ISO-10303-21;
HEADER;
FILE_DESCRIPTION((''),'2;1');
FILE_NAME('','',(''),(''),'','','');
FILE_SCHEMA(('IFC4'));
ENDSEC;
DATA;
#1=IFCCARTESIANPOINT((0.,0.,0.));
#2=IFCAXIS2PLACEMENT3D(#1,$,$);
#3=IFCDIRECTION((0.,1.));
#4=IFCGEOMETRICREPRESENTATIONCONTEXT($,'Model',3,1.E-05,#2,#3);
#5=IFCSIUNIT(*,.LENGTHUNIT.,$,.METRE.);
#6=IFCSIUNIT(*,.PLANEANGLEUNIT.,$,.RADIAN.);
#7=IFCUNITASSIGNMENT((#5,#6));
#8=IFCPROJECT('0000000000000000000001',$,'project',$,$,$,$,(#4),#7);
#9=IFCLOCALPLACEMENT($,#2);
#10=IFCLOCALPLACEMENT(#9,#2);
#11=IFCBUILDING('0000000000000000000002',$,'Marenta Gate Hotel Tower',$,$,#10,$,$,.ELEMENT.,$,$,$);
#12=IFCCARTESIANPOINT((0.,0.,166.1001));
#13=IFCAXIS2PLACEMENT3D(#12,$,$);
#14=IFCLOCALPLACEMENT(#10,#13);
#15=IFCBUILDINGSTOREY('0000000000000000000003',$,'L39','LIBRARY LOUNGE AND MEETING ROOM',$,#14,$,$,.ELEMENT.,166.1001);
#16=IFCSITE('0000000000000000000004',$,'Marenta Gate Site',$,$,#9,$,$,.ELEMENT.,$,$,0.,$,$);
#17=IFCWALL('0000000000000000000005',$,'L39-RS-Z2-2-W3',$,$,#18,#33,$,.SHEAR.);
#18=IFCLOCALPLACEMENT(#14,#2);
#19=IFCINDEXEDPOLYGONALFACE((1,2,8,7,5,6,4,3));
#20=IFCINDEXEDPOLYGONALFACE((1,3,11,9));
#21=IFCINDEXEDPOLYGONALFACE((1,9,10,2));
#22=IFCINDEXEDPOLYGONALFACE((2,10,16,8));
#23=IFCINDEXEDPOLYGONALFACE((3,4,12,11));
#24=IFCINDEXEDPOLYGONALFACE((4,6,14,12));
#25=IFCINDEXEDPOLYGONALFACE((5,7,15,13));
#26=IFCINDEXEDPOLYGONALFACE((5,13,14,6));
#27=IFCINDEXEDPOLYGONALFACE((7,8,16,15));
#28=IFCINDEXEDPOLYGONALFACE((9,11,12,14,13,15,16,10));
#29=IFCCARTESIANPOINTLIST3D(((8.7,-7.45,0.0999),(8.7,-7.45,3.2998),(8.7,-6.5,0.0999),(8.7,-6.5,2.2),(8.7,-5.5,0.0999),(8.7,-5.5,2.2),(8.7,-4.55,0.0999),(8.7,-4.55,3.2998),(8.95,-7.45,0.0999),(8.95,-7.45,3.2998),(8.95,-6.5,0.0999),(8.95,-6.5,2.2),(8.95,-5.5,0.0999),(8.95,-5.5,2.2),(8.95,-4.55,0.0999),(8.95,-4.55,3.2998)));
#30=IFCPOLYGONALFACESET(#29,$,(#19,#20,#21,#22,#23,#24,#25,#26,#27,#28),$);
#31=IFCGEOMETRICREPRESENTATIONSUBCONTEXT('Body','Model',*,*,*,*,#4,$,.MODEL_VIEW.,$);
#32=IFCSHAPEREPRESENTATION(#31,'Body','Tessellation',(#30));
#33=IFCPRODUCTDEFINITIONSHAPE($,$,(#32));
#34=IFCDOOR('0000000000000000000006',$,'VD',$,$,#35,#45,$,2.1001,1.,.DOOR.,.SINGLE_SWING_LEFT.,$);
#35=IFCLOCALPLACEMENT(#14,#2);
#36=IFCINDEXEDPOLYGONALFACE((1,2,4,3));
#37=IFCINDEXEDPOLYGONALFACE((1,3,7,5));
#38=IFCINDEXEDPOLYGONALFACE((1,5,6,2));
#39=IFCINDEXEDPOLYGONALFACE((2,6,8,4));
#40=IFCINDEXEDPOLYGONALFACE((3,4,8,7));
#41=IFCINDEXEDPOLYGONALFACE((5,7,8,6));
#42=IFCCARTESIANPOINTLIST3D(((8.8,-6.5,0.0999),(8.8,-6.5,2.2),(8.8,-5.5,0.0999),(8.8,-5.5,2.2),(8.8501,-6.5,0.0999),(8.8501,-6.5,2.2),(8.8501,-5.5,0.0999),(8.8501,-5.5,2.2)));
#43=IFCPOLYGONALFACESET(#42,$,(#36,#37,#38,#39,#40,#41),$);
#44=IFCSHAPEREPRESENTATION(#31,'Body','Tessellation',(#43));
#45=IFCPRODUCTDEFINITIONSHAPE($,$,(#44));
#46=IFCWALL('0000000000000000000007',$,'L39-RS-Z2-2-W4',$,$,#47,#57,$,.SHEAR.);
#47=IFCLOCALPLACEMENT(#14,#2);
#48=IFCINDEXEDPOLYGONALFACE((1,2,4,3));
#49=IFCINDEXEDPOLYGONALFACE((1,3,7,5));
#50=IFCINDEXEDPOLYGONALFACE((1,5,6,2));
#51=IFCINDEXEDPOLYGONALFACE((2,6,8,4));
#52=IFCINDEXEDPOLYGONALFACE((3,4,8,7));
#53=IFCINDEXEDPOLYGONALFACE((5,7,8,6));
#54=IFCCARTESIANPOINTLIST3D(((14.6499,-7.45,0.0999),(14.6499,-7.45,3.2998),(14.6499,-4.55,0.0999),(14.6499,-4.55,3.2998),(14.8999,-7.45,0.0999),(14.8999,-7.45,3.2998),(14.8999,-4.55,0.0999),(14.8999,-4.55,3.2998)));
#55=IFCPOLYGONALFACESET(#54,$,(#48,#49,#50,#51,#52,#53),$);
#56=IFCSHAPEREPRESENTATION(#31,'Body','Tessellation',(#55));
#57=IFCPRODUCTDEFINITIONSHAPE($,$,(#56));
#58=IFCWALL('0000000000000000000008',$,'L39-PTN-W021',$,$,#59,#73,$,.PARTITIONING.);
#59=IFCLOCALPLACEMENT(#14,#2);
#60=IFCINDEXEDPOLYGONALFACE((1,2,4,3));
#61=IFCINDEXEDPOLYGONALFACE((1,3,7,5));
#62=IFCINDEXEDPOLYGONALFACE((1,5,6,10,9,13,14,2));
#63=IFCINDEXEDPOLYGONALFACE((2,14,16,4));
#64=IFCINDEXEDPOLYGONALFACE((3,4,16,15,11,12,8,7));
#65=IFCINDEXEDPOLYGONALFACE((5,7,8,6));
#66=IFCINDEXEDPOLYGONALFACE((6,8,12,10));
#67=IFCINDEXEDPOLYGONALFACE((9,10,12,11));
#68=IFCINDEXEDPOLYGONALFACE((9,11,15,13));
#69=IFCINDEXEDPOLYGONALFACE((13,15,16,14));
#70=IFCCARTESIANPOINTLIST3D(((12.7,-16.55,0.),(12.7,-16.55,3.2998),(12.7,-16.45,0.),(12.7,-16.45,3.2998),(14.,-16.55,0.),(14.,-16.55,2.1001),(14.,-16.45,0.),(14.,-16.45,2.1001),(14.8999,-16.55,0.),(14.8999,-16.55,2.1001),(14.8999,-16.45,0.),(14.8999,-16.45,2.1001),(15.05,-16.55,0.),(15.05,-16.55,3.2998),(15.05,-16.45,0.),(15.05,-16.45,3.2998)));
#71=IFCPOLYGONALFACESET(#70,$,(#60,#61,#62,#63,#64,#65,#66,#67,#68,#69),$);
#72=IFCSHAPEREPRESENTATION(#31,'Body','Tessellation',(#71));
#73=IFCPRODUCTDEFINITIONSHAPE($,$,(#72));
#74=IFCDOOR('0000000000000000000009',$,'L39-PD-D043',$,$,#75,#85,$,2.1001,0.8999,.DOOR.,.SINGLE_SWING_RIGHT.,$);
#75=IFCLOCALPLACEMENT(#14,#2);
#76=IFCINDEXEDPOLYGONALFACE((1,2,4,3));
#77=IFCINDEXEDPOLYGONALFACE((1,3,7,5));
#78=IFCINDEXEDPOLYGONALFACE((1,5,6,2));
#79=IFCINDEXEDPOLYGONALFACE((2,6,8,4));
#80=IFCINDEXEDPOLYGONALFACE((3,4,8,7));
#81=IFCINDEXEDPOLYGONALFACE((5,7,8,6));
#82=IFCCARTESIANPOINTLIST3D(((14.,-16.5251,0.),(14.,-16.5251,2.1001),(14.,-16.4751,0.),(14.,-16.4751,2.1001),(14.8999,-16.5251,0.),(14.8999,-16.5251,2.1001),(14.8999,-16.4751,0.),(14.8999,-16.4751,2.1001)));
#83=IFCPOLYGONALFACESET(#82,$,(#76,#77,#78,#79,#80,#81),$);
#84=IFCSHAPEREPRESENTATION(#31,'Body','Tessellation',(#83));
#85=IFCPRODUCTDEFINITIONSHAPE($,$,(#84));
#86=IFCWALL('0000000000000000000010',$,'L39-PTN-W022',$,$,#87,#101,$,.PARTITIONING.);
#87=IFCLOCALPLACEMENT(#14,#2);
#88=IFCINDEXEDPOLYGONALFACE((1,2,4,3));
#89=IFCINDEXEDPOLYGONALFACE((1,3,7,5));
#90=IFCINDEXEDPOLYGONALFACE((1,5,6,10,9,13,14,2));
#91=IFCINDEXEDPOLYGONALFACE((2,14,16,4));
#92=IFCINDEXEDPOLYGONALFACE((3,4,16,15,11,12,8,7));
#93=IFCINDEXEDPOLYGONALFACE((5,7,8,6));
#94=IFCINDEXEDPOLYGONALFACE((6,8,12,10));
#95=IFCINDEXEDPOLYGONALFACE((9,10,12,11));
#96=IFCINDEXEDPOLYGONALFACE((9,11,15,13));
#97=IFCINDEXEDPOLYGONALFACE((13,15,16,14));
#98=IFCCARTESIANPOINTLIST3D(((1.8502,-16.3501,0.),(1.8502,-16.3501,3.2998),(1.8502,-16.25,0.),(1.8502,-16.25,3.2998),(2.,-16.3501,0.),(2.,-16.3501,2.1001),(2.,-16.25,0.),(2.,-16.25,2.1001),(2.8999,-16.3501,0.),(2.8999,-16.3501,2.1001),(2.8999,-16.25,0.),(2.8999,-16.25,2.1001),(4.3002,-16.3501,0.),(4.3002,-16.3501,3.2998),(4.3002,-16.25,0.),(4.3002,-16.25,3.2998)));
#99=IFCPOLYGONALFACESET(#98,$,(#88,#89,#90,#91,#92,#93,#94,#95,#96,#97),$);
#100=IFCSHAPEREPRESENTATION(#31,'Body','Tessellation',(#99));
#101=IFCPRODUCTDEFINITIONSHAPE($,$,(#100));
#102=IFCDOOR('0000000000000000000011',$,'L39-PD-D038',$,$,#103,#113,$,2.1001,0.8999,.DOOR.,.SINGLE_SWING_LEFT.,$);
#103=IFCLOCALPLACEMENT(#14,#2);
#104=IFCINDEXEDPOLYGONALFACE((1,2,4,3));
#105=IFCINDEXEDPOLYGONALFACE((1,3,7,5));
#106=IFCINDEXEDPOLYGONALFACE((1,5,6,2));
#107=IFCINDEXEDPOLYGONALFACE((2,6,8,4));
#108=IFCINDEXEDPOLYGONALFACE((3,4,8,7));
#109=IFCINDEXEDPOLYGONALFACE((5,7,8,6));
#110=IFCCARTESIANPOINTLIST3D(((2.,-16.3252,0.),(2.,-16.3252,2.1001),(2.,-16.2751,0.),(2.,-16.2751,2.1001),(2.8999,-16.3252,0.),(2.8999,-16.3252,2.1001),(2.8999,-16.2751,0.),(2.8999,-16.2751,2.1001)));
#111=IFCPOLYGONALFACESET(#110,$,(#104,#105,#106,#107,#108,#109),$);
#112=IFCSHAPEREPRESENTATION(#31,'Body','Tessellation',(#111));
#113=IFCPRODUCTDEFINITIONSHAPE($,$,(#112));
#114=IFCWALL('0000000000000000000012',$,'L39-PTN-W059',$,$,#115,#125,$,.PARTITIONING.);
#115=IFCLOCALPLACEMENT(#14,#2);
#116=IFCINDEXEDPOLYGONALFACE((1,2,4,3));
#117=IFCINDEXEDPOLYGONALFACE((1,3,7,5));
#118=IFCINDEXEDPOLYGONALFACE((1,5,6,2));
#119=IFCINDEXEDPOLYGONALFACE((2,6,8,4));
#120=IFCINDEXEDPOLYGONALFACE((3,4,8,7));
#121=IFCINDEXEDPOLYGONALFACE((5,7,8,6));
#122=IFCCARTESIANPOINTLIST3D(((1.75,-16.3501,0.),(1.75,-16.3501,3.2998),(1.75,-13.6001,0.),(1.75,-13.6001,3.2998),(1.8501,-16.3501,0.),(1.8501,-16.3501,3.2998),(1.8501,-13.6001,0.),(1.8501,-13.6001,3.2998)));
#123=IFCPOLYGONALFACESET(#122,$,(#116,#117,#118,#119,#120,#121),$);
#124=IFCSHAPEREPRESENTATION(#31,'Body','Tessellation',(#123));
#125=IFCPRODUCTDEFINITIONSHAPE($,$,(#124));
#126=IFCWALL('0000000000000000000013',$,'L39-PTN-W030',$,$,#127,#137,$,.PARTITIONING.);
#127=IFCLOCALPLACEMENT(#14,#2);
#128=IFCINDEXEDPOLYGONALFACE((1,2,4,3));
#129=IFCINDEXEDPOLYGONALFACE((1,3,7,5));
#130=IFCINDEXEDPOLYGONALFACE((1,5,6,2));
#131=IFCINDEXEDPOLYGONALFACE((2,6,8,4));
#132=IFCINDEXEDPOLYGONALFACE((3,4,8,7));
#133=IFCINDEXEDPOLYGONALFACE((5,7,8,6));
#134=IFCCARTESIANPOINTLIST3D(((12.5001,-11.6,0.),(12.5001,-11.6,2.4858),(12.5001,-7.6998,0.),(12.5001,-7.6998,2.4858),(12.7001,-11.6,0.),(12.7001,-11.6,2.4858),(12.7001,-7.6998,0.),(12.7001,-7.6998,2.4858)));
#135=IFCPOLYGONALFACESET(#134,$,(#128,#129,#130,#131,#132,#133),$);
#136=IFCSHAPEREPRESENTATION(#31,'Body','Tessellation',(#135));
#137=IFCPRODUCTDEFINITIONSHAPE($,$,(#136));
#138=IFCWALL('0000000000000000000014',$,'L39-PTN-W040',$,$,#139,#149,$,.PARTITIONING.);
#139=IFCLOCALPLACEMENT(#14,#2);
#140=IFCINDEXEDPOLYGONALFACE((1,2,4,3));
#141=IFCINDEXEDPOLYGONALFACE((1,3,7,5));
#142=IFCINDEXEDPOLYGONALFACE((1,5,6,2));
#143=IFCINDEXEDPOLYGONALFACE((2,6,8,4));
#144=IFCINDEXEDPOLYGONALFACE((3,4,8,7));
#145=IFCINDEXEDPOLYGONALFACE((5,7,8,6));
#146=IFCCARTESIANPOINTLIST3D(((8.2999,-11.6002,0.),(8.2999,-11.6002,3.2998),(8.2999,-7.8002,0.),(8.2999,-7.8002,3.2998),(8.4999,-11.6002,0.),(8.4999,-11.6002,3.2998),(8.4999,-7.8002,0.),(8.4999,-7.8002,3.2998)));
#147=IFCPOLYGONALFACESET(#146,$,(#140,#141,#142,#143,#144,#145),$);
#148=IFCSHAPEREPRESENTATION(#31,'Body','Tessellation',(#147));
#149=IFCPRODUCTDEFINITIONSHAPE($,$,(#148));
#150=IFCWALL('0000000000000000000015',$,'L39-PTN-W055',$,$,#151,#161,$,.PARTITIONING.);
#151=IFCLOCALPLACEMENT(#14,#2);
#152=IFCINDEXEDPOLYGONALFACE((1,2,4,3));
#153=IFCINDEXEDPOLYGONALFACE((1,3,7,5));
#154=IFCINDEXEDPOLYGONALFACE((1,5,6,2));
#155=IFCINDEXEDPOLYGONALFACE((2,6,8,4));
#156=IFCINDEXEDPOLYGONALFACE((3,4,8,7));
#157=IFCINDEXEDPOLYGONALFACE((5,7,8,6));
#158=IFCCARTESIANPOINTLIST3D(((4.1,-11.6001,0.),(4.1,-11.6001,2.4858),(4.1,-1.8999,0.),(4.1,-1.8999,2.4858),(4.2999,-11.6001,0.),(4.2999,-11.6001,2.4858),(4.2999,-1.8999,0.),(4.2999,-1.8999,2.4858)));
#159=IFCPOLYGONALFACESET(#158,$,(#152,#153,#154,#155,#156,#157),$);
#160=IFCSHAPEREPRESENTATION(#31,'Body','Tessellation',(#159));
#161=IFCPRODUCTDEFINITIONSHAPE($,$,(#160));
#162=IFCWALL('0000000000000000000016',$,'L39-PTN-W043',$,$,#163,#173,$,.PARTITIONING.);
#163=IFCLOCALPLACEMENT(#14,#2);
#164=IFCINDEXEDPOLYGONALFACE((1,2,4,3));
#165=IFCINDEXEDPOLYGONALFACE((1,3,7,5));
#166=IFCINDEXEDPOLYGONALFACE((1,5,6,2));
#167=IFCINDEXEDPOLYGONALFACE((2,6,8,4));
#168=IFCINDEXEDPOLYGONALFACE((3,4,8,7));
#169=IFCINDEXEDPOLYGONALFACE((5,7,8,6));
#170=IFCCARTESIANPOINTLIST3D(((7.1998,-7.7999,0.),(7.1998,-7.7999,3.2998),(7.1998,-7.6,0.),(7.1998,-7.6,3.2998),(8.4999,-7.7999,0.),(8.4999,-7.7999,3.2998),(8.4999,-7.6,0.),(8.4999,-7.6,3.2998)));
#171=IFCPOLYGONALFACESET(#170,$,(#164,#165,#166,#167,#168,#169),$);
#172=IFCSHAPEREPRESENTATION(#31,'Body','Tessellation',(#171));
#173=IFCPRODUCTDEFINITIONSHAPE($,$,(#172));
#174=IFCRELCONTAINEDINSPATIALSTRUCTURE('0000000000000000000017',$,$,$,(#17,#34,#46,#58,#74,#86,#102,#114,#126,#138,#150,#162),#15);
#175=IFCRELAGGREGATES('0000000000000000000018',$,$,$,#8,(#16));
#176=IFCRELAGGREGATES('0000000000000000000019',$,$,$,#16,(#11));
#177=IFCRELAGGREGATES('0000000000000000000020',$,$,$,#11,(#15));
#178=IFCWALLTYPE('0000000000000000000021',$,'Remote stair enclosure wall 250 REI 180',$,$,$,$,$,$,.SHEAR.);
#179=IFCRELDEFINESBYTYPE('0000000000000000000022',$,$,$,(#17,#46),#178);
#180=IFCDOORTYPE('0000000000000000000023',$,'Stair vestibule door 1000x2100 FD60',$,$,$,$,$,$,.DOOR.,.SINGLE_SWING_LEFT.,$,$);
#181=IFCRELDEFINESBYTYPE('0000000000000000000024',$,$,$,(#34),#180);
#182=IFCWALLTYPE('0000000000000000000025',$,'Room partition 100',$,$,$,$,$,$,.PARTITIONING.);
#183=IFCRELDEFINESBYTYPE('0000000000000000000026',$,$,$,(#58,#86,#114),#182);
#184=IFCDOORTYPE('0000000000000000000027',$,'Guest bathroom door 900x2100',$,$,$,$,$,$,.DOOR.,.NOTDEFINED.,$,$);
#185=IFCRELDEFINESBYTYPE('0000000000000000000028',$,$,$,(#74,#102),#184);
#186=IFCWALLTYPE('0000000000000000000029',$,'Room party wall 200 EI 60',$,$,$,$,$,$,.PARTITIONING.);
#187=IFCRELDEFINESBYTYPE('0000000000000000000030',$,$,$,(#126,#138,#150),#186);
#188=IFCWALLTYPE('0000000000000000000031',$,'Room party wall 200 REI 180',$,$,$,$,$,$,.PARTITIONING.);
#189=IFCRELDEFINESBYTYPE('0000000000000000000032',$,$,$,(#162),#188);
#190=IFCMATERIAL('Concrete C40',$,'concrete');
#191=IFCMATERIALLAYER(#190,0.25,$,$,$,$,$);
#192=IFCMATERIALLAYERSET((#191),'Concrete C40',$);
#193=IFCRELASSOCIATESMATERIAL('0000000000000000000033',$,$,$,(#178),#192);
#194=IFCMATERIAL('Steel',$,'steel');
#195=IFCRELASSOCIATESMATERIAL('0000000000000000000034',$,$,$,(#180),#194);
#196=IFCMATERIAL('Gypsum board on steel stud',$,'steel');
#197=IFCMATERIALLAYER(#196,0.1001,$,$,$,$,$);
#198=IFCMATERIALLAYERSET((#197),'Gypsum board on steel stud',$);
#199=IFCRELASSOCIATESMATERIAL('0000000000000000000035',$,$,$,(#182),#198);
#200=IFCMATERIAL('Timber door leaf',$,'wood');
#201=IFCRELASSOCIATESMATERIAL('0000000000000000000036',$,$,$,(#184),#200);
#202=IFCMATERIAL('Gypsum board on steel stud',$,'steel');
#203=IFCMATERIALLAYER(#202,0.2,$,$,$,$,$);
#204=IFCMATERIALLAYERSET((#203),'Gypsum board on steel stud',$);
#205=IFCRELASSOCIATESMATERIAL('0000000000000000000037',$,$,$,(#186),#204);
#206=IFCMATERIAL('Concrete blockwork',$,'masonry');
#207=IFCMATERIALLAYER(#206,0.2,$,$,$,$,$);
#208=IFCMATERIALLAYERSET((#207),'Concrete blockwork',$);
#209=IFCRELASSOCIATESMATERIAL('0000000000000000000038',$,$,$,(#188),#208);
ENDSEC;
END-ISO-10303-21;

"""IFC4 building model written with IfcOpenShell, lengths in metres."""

from ifc_helpers import new_model, si_unit, direction, frame, frame_2d, origin, place, context, subcontext, project, spatial, rectangle, extrude, material, layer, layer_set, type_object, element, fill, save


model = new_model("IFC4")

# Units and contexts
model_context = context("Model", 3, precision=1e-05, world=origin(), true_north=direction((0.0, 1.0)))
body_context = subcontext(model_context, "Body", "Model", "MODEL_VIEW")
ifc_project = project(units=[si_unit("LENGTHUNIT", "METRE"), si_unit("PLANEANGLEUNIT", "RADIAN")], contexts=[model_context])

# Site, building, storey
site_placement = place(None, origin())
site = spatial("IfcSite", under=ifc_project, at=site_placement, Name="Marenta Gate Site", CompositionType="ELEMENT", RefElevation=0.0)
building_placement = place(site_placement, origin())
building = spatial("IfcBuilding", under=site, at=building_placement, Name="Marenta Gate Hotel Tower", CompositionType="ELEMENT")
storey_placement = place(building_placement, frame((0.0, 0.0, 166.1001)))
storey = spatial("IfcBuildingStorey", under=building, at=storey_placement, Name="L39", Description="LIBRARY LOUNGE AND MEETING ROOM", CompositionType="ELEMENT", Elevation=166.1001)

# Shared definitions
ifc_material_1 = material(Name="Concrete C40", Category="concrete")
ifc_layer_1 = layer(ifc_material_1, 0.25)
ifc_layer_set_1 = layer_set([ifc_layer_1], Name="Concrete C40")
wall_type_1 = type_object("IfcWallType", Name="Remote stair enclosure wall 250 REI 180", PredefinedType="SHEAR", material=ifc_layer_set_1)

# Wall, opening, door
wall_1_placement = place(storey_placement, frame((8.825, -7.45, 0.0999), z_axis=(0.0, 0.0, 1.0), x_axis=(0.0, 1.0, 0.0)))
wall_1 = element("IfcWall", 1, at=wall_1_placement, inside=storey, type_object=wall_type_1, Name="L39-RS-Z2-2-W3", PredefinedType="SHEAR", context=body_context, shape_type="SweptSolid", body=[
    extrude(rectangle(XDim=2.8999, YDim=0.25, at=frame_2d((1.45, 0.0))), origin(), (0.0, 0.0, 1.0), 3.2),
])
opening_1_placement = place(wall_1_placement, frame((0.95, 0.0, 0.0)))
opening_1 = element("IfcOpeningElement", 2, at=opening_1_placement, cuts=wall_1, PredefinedType="OPENING", context=body_context, shape_type="SweptSolid", body=[
    extrude(rectangle(XDim=1.0, YDim=2.1001, at=frame_2d((0.5, 1.05))), frame((0.0, 0.125, 0.0), z_axis=(0.0, -1.0, 0.0), x_axis=(1.0, 0.0, 0.0)), (0.0, 0.0, 1.0), 0.25),
])
ifc_material_2 = material(Name="Steel", Category="steel")
door_type_1 = type_object("IfcDoorType", Name="Stair vestibule door 1000x2100 FD60", OperationType="SINGLE_SWING_LEFT", PredefinedType="DOOR", material=ifc_material_2)
door_1_placement = place(opening_1_placement, origin())
door_1 = element("IfcDoor", 3, at=door_1_placement, inside=storey, type_object=door_type_1, Name="VD", OperationType="SINGLE_SWING_LEFT", OverallHeight=2.1001, OverallWidth=1.0, PredefinedType="DOOR", context=body_context, shape_type="SweptSolid", body=[
    extrude(rectangle(XDim=1.0, YDim=2.1001, at=frame_2d((0.5, 1.05))), frame((0.0, 0.0249, 0.0), z_axis=(0.0, -1.0, 0.0), x_axis=(1.0, 0.0, 0.0)), (0.0, 0.0, 1.0), 0.05),
])
fill(opening_1, door_1)

# Wall
wall_2_placement = place(storey_placement, frame((14.7749, -7.45, 0.0999), z_axis=(0.0, 0.0, 1.0), x_axis=(0.0, 1.0, 0.0)))
element("IfcWall", 4, at=wall_2_placement, inside=storey, type_object=wall_type_1, Name="L39-RS-Z2-2-W4", PredefinedType="SHEAR", context=body_context, shape_type="SweptSolid", body=[
    extrude(rectangle(XDim=2.8999, YDim=0.25, at=frame_2d((1.45, 0.0))), origin(), (0.0, 0.0, 1.0), 3.2),
])

# Walls, openings, doors
ifc_material_3 = material(Name="Gypsum board on steel stud", Category="steel")
ifc_layer_2 = layer(ifc_material_3, 0.1001)
ifc_layer_set_2 = layer_set([ifc_layer_2], Name="Gypsum board on steel stud")
wall_type_2 = type_object("IfcWallType", Name="Room partition 100", PredefinedType="PARTITIONING", material=ifc_layer_set_2)
wall_3_placement = place(storey_placement, frame((12.7, -16.5, 0.0), z_axis=(0.0, 0.0, 1.0), x_axis=(1.0, 0.0, 0.0)))
wall_3 = element("IfcWall", 5, at=wall_3_placement, inside=storey, type_object=wall_type_2, Name="L39-PTN-W021", PredefinedType="PARTITIONING", context=body_context, shape_type="SweptSolid", body=[
    extrude(rectangle(XDim=2.3501, YDim=0.1001, at=frame_2d((1.175, 0.0))), origin(), (0.0, 0.0, 1.0), 3.2998),
])
opening_2_placement = place(wall_3_placement, frame((1.3, 0.0, 0.0)))
opening_2 = element("IfcOpeningElement", 6, at=opening_2_placement, cuts=wall_3, PredefinedType="OPENING", context=body_context, shape_type="SweptSolid", body=[
    extrude(rectangle(XDim=0.8999, YDim=2.1001, at=frame_2d((0.45, 1.05))), frame((0.0, 0.05, 0.0), z_axis=(0.0, -1.0, 0.0), x_axis=(1.0, 0.0, 0.0)), (0.0, 0.0, 1.0), 0.1001),
])
ifc_material_4 = material(Name="Timber door leaf", Category="wood")
door_type_2 = type_object("IfcDoorType", Name="Guest bathroom door 900x2100", OperationType="NOTDEFINED", PredefinedType="DOOR", material=ifc_material_4)
door_2_placement = place(opening_2_placement, origin())
door_2 = element("IfcDoor", 7, at=door_2_placement, inside=storey, type_object=door_type_2, Name="L39-PD-D043", OperationType="SINGLE_SWING_RIGHT", OverallHeight=2.1001, OverallWidth=0.8999, PredefinedType="DOOR", context=body_context, shape_type="SweptSolid", body=[
    extrude(rectangle(XDim=0.8999, YDim=2.1001, at=frame_2d((0.45, 1.05))), frame((0.0, 0.0249, 0.0), z_axis=(0.0, -1.0, 0.0), x_axis=(1.0, 0.0, 0.0)), (0.0, 0.0, 1.0), 0.05),
])
fill(opening_2, door_2)
wall_4_placement = place(storey_placement, frame((1.8501, -16.3, 0.0), z_axis=(0.0, 0.0, 1.0), x_axis=(1.0, 0.0, 0.0)))
wall_4 = element("IfcWall", 8, at=wall_4_placement, inside=storey, type_object=wall_type_2, Name="L39-PTN-W022", PredefinedType="PARTITIONING", context=body_context, shape_type="SweptSolid", body=[
    extrude(rectangle(XDim=2.45, YDim=0.1001, at=frame_2d((1.2251, 0.0))), origin(), (0.0, 0.0, 1.0), 3.2998),
])
opening_3_placement = place(wall_4_placement, frame((0.1499, 0.0, 0.0)))
opening_3 = element("IfcOpeningElement", 9, at=opening_3_placement, cuts=wall_4, PredefinedType="OPENING", context=body_context, shape_type="SweptSolid", body=[
    extrude(rectangle(XDim=0.8999, YDim=2.1001, at=frame_2d((0.45, 1.05))), frame((0.0, 0.05, 0.0), z_axis=(0.0, -1.0, 0.0), x_axis=(1.0, 0.0, 0.0)), (0.0, 0.0, 1.0), 0.1001),
])
door_3_placement = place(opening_3_placement, origin())
door_3 = element("IfcDoor", 10, at=door_3_placement, inside=storey, type_object=door_type_2, Name="L39-PD-D038", OperationType="SINGLE_SWING_LEFT", OverallHeight=2.1001, OverallWidth=0.8999, PredefinedType="DOOR", context=body_context, shape_type="SweptSolid", body=[
    extrude(rectangle(XDim=0.8999, YDim=2.1001, at=frame_2d((0.45, 1.05))), frame((0.0, 0.0249, 0.0), z_axis=(0.0, -1.0, 0.0), x_axis=(1.0, 0.0, 0.0)), (0.0, 0.0, 1.0), 0.05),
])
fill(opening_3, door_3)

# Walls
wall_5_placement = place(storey_placement, frame((1.8, -16.3501, 0.0), z_axis=(0.0, 0.0, 1.0), x_axis=(0.0, 1.0, 0.0)))
element("IfcWall", 11, at=wall_5_placement, inside=storey, type_object=wall_type_2, Name="L39-PTN-W059", PredefinedType="PARTITIONING", context=body_context, shape_type="SweptSolid", body=[
    extrude(rectangle(XDim=2.75, YDim=0.1001, at=frame_2d((1.375, 0.0))), origin(), (0.0, 0.0, 1.0), 3.2998),
])
ifc_material_5 = material(Name="Gypsum board on steel stud", Category="steel")
ifc_layer_3 = layer(ifc_material_5, 0.2)
ifc_layer_set_3 = layer_set([ifc_layer_3], Name="Gypsum board on steel stud")
wall_type_3 = type_object("IfcWallType", Name="Room party wall 200 EI 60", PredefinedType="PARTITIONING", material=ifc_layer_set_3)
wall_6_placement = place(storey_placement, frame((12.6001, -11.6001, 0.0), z_axis=(0.0, 0.0, 1.0), x_axis=(0.0, 1.0, 0.0)))
element("IfcWall", 12, at=wall_6_placement, inside=storey, type_object=wall_type_3, Name="L39-PTN-W030", PredefinedType="PARTITIONING", context=body_context, shape_type="SweptSolid", body=[
    extrude(rectangle(XDim=3.9001, YDim=0.2, at=frame_2d((1.9502, 0.0))), origin(), (0.0, 0.0, 1.0), 2.4858),
])
wall_7_placement = place(storey_placement, frame((8.3999, -11.6001, 0.0), z_axis=(0.0, 0.0, 1.0), x_axis=(0.0, 1.0, 0.0)))
element("IfcWall", 13, at=wall_7_placement, inside=storey, type_object=wall_type_3, Name="L39-PTN-W040", PredefinedType="PARTITIONING", context=body_context, shape_type="SweptSolid", body=[
    extrude(rectangle(XDim=3.8, YDim=0.2, at=frame_2d((1.8999, 0.0))), origin(), (0.0, 0.0, 1.0), 3.2998),
])
wall_8_placement = place(storey_placement, frame((4.2, -11.6001, 0.0), z_axis=(0.0, 0.0, 1.0), x_axis=(0.0, 1.0, 0.0)))
element("IfcWall", 14, at=wall_8_placement, inside=storey, type_object=wall_type_3, Name="L39-PTN-W055", PredefinedType="PARTITIONING", context=body_context, shape_type="SweptSolid", body=[
    extrude(rectangle(XDim=9.7002, YDim=0.2, at=frame_2d((4.8501, 0.0))), origin(), (0.0, 0.0, 1.0), 2.4858),
])
ifc_material_6 = material(Name="Concrete blockwork", Category="masonry")
ifc_layer_4 = layer(ifc_material_6, 0.2)
ifc_layer_set_4 = layer_set([ifc_layer_4], Name="Concrete blockwork")
wall_type_4 = type_object("IfcWallType", Name="Room party wall 200 REI 180", PredefinedType="PARTITIONING", material=ifc_layer_set_4)
wall_9_placement = place(storey_placement, frame((7.2, -7.7, 0.0), z_axis=(0.0, 0.0, 1.0), x_axis=(1.0, 0.0, 0.0)))
element("IfcWall", 15, at=wall_9_placement, inside=storey, type_object=wall_type_4, Name="L39-PTN-W043", PredefinedType="PARTITIONING", context=body_context, shape_type="SweptSolid", body=[
    extrude(rectangle(XDim=1.3, YDim=0.2, at=frame_2d((0.6499, 0.0))), origin(), (0.0, 0.0, 1.0), 3.2998),
])

save(model, "model.ifc")
